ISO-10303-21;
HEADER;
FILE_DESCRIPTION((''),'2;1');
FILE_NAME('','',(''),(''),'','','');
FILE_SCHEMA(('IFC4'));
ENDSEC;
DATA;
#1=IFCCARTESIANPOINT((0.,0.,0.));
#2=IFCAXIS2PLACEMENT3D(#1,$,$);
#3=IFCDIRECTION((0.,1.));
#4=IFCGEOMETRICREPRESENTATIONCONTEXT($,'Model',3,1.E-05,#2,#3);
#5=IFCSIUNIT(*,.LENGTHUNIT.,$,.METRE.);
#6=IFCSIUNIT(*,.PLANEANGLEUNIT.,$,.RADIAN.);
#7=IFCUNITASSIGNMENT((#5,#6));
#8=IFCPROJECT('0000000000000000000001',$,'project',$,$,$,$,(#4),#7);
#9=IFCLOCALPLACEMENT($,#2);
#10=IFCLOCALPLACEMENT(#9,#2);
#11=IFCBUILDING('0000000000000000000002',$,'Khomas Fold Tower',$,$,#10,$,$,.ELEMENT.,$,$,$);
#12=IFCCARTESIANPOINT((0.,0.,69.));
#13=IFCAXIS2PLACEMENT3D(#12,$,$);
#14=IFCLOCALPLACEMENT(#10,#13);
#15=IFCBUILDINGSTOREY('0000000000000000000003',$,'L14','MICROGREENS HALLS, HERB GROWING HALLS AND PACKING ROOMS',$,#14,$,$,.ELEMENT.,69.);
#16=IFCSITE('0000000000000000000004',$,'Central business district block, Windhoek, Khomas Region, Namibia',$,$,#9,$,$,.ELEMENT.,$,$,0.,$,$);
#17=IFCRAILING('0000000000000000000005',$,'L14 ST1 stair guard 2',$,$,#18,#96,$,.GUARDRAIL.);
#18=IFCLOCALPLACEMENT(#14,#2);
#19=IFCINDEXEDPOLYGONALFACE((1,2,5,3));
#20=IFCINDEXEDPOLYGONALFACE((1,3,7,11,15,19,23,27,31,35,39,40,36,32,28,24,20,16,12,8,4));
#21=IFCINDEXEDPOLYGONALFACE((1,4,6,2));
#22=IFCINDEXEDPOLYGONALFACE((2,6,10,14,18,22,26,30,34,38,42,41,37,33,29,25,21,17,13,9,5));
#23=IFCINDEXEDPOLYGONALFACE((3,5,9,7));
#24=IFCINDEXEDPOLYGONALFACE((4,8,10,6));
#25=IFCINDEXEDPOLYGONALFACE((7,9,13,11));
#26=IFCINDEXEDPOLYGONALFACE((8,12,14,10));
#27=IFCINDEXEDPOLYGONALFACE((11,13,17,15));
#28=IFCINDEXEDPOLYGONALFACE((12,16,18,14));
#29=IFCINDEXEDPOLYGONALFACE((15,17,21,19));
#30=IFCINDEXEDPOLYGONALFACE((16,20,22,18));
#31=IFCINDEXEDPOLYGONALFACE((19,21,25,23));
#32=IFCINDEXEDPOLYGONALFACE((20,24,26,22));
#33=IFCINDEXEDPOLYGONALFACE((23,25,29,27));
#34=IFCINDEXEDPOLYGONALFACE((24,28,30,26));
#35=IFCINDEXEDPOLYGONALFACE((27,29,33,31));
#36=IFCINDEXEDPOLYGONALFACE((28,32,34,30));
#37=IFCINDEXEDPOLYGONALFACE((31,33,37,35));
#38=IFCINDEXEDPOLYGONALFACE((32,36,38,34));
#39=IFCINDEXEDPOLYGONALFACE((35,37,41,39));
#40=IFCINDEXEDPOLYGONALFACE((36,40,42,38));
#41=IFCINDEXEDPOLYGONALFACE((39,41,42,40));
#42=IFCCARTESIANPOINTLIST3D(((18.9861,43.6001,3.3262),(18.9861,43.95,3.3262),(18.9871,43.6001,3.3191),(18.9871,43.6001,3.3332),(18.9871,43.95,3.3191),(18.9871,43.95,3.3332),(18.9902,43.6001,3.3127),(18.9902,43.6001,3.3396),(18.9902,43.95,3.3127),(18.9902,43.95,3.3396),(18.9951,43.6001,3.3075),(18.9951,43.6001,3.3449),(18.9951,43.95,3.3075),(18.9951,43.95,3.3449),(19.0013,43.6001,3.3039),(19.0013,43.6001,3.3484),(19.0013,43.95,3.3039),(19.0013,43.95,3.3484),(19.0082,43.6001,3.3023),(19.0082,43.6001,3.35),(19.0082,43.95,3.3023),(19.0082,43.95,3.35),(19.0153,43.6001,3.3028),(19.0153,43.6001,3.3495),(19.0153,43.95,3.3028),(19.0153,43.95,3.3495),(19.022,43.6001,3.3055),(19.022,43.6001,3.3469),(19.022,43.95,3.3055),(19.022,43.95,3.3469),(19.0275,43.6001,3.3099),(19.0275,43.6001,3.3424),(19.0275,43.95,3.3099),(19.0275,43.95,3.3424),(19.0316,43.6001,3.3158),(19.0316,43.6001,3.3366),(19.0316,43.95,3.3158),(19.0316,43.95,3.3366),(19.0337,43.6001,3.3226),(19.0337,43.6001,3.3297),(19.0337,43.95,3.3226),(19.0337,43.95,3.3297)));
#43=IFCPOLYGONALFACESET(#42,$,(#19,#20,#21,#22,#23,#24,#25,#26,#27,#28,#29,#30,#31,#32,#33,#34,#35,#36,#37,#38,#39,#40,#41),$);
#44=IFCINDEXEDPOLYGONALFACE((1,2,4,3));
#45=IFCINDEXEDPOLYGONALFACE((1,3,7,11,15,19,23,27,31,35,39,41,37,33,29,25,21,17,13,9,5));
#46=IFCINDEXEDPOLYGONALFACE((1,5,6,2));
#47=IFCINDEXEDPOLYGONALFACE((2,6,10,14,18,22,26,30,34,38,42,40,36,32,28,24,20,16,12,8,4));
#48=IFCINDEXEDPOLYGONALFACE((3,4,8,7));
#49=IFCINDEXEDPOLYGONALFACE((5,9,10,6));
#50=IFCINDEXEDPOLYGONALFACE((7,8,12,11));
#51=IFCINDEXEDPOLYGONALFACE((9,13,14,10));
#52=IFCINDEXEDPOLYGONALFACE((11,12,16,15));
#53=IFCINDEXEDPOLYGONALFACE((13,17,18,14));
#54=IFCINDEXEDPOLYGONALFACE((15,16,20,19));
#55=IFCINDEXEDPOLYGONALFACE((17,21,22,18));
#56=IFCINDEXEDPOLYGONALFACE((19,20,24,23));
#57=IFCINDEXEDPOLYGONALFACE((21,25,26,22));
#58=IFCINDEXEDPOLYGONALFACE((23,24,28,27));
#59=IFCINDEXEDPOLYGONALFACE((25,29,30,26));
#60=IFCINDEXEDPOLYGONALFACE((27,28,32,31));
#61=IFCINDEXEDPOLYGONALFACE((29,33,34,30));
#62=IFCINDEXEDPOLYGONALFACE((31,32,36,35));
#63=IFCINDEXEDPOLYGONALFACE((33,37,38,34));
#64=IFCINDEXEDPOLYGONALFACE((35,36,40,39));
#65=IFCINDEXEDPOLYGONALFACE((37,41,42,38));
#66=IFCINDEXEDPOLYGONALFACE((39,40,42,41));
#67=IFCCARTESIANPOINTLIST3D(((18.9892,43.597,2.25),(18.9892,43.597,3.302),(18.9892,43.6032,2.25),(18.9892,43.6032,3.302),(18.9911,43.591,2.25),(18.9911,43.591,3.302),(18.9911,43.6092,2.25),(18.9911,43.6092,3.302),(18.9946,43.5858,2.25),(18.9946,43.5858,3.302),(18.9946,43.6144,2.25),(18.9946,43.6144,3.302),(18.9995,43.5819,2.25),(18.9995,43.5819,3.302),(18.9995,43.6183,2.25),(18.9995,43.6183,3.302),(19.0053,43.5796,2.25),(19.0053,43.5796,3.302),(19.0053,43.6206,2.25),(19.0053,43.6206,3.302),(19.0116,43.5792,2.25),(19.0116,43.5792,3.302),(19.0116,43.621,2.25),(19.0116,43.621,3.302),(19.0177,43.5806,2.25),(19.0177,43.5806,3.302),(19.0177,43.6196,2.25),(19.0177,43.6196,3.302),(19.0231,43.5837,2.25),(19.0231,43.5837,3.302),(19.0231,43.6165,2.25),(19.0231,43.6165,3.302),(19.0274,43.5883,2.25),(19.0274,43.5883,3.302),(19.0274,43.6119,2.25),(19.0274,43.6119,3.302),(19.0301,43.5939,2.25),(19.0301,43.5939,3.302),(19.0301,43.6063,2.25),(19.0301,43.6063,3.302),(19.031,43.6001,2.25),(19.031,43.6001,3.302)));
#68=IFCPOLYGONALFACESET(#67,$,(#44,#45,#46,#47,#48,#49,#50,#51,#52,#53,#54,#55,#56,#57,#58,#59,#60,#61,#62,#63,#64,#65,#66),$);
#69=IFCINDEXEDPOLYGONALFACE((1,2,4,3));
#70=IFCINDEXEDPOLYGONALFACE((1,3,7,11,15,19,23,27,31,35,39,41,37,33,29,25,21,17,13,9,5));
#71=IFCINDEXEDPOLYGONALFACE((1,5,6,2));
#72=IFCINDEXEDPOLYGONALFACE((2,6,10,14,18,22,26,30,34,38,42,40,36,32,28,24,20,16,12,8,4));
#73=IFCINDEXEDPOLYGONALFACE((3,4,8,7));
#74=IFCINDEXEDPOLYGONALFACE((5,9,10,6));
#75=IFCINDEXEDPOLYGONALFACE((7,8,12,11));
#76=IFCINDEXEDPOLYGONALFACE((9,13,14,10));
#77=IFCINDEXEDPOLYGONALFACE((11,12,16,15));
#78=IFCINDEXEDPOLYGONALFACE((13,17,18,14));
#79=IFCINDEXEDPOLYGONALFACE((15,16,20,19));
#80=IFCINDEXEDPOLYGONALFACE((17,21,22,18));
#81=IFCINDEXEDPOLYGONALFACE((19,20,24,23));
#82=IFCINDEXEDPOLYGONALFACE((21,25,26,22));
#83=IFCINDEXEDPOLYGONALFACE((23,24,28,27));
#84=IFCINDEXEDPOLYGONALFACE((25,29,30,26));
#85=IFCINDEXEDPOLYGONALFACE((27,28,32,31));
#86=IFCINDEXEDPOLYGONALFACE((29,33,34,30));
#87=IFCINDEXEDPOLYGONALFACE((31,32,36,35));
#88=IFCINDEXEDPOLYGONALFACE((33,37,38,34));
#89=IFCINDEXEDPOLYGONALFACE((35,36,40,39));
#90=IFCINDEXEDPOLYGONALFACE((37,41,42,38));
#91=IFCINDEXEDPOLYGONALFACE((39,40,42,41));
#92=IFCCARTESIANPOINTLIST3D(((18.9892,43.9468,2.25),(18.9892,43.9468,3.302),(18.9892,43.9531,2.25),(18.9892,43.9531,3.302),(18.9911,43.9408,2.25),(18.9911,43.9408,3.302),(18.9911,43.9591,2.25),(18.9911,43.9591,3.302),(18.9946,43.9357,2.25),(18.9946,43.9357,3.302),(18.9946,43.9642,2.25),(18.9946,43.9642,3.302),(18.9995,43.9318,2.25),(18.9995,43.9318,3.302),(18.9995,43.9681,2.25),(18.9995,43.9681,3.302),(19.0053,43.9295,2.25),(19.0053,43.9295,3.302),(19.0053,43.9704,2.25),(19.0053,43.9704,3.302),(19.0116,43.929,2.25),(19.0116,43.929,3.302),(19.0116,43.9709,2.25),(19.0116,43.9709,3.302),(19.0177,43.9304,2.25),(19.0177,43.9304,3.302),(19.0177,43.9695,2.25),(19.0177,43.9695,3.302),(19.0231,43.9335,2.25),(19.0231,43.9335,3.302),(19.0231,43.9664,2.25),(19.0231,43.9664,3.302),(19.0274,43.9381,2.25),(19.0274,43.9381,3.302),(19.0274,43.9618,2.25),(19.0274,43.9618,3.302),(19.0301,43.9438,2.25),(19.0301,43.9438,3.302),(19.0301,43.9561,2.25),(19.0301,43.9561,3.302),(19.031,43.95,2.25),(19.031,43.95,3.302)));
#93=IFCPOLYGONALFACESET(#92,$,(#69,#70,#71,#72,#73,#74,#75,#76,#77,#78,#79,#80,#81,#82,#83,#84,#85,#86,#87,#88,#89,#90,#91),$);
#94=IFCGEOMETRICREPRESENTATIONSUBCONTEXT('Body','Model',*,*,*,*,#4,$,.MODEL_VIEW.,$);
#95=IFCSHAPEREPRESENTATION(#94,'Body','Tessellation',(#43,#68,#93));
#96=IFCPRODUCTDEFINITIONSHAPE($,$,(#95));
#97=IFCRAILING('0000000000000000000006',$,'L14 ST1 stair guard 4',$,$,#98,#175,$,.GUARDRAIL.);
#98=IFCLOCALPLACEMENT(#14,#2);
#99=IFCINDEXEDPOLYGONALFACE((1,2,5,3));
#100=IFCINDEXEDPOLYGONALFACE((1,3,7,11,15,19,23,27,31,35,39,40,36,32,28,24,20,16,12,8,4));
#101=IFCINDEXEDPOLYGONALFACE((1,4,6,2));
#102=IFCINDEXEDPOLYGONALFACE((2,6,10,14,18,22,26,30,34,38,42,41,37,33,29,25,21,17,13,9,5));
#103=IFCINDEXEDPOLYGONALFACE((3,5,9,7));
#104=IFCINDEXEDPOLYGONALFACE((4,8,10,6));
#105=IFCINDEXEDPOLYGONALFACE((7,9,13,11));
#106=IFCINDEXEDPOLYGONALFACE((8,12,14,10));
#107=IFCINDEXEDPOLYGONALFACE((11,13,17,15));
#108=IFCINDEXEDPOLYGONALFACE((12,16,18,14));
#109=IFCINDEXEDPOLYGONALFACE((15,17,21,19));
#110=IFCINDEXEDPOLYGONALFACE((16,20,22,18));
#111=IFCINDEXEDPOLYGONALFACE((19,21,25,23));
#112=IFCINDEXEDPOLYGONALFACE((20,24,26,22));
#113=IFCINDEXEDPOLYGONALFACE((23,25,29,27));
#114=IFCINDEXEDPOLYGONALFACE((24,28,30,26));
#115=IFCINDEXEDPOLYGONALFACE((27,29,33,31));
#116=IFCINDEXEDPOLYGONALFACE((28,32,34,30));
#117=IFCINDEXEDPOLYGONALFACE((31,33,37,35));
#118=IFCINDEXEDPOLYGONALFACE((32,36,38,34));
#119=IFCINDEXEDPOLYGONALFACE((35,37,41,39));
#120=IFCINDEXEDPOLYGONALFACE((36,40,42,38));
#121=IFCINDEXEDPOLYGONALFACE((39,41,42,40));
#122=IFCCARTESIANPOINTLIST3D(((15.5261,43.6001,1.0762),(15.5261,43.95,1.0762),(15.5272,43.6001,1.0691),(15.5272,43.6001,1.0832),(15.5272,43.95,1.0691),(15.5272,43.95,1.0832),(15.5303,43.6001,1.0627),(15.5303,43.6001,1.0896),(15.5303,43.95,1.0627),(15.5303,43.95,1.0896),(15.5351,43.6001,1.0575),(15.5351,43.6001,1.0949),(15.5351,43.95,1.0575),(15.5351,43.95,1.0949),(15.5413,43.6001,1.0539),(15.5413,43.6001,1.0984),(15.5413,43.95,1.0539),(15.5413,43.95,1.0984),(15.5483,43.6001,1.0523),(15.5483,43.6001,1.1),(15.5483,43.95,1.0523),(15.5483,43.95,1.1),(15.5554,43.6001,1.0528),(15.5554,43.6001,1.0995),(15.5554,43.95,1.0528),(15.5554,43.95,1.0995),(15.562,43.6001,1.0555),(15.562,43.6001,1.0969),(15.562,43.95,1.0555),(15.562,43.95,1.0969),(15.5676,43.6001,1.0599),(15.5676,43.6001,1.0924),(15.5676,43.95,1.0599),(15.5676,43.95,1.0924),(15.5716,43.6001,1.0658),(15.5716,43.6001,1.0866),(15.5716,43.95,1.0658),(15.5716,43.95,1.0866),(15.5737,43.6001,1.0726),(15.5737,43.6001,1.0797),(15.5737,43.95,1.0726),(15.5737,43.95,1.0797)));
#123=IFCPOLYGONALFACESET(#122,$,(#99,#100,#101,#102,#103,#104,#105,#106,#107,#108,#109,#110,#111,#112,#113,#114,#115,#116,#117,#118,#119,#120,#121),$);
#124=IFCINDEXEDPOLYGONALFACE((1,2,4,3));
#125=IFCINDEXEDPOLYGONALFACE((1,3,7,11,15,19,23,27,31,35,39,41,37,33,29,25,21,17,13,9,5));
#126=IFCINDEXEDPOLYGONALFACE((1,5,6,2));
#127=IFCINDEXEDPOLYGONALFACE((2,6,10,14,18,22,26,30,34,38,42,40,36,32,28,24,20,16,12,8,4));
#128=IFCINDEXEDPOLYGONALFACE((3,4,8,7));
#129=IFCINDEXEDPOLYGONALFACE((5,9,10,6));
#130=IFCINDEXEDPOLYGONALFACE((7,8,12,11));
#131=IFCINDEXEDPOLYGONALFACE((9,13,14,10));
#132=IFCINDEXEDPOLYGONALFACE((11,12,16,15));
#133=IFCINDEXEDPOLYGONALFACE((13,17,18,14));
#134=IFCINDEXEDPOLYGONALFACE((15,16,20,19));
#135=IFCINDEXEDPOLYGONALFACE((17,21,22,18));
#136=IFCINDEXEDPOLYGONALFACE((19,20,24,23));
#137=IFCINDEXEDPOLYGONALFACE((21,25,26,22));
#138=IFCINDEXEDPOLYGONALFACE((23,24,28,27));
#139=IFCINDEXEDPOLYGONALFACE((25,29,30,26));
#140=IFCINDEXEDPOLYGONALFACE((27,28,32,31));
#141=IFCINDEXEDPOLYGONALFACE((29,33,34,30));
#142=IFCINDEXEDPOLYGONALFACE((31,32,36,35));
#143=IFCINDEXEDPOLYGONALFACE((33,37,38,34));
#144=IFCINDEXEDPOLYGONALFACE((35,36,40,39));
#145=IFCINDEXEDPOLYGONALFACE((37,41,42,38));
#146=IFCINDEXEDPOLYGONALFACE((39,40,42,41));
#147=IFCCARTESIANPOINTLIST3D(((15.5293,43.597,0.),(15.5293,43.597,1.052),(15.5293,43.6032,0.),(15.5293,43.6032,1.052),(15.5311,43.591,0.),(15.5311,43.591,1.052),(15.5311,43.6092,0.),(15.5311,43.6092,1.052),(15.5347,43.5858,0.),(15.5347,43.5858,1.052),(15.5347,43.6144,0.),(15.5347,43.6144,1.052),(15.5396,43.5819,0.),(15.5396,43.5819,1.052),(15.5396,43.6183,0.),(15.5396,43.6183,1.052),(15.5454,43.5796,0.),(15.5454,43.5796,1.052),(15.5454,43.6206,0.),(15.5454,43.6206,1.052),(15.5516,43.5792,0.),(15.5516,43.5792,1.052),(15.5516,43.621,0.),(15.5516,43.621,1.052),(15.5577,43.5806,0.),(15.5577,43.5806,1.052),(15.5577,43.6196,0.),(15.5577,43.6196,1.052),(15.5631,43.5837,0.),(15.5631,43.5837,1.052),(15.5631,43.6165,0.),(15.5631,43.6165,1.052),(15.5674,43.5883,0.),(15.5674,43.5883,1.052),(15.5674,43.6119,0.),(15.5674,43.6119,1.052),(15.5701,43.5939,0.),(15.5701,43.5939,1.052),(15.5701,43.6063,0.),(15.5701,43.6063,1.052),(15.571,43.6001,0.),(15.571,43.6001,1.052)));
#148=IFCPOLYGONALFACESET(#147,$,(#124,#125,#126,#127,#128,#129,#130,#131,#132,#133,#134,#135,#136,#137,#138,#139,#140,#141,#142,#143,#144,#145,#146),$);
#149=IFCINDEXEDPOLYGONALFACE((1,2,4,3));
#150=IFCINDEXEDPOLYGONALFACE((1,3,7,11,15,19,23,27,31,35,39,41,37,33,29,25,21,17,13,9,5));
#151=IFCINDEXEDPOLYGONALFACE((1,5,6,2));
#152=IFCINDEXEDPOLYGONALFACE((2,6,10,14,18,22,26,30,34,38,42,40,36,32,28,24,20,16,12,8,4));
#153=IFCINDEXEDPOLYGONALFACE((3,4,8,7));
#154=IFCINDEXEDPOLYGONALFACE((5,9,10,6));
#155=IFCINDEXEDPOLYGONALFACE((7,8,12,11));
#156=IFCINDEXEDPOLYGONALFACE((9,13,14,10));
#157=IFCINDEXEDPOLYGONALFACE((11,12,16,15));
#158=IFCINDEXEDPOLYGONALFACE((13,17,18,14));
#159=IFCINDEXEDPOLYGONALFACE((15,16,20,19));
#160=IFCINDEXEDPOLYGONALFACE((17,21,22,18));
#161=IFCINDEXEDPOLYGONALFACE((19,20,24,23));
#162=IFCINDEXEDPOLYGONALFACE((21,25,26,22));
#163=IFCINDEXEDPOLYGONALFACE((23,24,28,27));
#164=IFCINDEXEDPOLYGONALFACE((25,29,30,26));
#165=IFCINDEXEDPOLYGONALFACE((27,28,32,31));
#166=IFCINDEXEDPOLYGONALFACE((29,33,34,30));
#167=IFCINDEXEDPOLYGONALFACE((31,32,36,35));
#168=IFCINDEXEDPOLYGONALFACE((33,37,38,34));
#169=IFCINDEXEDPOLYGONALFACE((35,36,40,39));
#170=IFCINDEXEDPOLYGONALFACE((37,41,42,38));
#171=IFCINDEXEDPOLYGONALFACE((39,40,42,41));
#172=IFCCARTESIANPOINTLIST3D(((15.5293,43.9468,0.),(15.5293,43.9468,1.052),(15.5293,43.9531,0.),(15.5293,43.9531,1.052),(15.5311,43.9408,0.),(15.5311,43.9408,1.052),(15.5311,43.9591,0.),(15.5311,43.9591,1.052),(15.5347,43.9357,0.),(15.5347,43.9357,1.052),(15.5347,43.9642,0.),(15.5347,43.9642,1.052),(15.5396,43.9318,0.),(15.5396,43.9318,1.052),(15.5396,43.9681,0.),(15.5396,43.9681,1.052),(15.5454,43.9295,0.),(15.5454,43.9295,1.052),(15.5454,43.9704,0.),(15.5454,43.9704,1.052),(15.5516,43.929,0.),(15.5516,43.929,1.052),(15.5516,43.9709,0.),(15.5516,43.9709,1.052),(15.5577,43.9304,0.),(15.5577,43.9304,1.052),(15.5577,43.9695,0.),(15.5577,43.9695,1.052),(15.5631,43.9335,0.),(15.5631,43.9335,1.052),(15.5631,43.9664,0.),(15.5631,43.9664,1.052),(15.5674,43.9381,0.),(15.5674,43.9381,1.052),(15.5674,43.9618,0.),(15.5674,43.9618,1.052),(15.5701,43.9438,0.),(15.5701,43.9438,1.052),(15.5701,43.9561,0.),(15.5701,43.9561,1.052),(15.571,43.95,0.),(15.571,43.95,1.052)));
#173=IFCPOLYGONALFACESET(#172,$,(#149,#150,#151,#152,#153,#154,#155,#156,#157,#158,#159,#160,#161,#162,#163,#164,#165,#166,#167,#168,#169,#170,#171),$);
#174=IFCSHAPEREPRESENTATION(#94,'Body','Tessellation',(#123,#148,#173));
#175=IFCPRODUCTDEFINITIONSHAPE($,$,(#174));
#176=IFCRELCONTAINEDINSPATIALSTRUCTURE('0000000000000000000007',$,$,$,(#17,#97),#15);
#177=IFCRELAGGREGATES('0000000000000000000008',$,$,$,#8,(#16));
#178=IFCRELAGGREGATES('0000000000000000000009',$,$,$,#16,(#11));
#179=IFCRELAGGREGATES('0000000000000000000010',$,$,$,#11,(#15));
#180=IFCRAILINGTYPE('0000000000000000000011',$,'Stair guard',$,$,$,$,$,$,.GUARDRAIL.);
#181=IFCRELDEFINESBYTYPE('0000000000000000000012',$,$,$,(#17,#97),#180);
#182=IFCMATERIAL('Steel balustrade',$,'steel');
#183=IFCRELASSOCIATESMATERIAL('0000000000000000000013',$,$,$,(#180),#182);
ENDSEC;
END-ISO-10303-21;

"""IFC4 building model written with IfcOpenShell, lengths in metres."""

from ifc_helpers import new_model, si_unit, direction, frame, origin, origin_2d, place, context, subcontext, project, spatial, circle, extrude, source, transform, mapped, material, type_object, element, save


model = new_model("IFC4")

# Units and contexts
model_context = context("Model", 3, precision=1e-05, world=origin(), true_north=direction((0.0, 1.0)))
body_context = subcontext(model_context, "Body", "Model", "MODEL_VIEW")
ifc_project = project(units=[si_unit("LENGTHUNIT", "METRE"), si_unit("PLANEANGLEUNIT", "RADIAN")], contexts=[model_context])

# Site, building, storey
site_placement = place(None, origin())
site = spatial("IfcSite", under=ifc_project, at=site_placement, Name="Central business district block, Windhoek, Khomas Region, Namibia", CompositionType="ELEMENT", RefElevation=0.0)
building_placement = place(site_placement, origin())
building = spatial("IfcBuilding", under=site, at=building_placement, Name="Khomas Fold Tower", CompositionType="ELEMENT")
storey_placement = place(building_placement, frame((0.0, 0.0, 69.0)))
storey = spatial("IfcBuildingStorey", under=building, at=storey_placement, Name="L14", Description="MICROGREENS HALLS, HERB GROWING HALLS AND PACKING ROOMS", CompositionType="ELEMENT", Elevation=69.0)

# Railings
ifc_material_1 = material(Name="Steel balustrade", Category="steel")
railing_type_1 = type_object("IfcRailingType", Name="Stair guard", PredefinedType="GUARDRAIL", material=ifc_material_1)
shared_shape_1 = source(origin(), body_context, "Body", "SweptSolid", [
    extrude(circle(Radius=0.0239, at=origin_2d()), frame((0.0, 0.0, 1.0762), z_axis=(0.0, 1.0, 0.0), x_axis=(-1.0, 0.0, 0.0)), (0.0, 0.0, 1.0), 0.3499),
    extrude(circle(Radius=0.021, at=origin_2d()), origin(), (0.0, 0.0, 1.0), 1.052),
    extrude(circle(Radius=0.021, at=origin_2d()), frame((0.0, 0.3499, 0.0)), (0.0, 0.0, 1.0), 1.052),
])
for number, where, name in (
    (1, (19.01, 43.6001, 2.25), "L14 ST1 stair guard 2"),
    (2, (15.55, 43.6001, 0.0), "L14 ST1 stair guard 4"),
):
    element("IfcRailing", number, at=place(storey_placement, frame(where)), inside=storey, type_object=railing_type_1, Name=name, PredefinedType="GUARDRAIL", context=body_context, shape_type="MappedRepresentation", body=[
        mapped(shared_shape_1, transform((0.0, 0.0, 0.0))),
    ])

save(model, "model.ifc")
